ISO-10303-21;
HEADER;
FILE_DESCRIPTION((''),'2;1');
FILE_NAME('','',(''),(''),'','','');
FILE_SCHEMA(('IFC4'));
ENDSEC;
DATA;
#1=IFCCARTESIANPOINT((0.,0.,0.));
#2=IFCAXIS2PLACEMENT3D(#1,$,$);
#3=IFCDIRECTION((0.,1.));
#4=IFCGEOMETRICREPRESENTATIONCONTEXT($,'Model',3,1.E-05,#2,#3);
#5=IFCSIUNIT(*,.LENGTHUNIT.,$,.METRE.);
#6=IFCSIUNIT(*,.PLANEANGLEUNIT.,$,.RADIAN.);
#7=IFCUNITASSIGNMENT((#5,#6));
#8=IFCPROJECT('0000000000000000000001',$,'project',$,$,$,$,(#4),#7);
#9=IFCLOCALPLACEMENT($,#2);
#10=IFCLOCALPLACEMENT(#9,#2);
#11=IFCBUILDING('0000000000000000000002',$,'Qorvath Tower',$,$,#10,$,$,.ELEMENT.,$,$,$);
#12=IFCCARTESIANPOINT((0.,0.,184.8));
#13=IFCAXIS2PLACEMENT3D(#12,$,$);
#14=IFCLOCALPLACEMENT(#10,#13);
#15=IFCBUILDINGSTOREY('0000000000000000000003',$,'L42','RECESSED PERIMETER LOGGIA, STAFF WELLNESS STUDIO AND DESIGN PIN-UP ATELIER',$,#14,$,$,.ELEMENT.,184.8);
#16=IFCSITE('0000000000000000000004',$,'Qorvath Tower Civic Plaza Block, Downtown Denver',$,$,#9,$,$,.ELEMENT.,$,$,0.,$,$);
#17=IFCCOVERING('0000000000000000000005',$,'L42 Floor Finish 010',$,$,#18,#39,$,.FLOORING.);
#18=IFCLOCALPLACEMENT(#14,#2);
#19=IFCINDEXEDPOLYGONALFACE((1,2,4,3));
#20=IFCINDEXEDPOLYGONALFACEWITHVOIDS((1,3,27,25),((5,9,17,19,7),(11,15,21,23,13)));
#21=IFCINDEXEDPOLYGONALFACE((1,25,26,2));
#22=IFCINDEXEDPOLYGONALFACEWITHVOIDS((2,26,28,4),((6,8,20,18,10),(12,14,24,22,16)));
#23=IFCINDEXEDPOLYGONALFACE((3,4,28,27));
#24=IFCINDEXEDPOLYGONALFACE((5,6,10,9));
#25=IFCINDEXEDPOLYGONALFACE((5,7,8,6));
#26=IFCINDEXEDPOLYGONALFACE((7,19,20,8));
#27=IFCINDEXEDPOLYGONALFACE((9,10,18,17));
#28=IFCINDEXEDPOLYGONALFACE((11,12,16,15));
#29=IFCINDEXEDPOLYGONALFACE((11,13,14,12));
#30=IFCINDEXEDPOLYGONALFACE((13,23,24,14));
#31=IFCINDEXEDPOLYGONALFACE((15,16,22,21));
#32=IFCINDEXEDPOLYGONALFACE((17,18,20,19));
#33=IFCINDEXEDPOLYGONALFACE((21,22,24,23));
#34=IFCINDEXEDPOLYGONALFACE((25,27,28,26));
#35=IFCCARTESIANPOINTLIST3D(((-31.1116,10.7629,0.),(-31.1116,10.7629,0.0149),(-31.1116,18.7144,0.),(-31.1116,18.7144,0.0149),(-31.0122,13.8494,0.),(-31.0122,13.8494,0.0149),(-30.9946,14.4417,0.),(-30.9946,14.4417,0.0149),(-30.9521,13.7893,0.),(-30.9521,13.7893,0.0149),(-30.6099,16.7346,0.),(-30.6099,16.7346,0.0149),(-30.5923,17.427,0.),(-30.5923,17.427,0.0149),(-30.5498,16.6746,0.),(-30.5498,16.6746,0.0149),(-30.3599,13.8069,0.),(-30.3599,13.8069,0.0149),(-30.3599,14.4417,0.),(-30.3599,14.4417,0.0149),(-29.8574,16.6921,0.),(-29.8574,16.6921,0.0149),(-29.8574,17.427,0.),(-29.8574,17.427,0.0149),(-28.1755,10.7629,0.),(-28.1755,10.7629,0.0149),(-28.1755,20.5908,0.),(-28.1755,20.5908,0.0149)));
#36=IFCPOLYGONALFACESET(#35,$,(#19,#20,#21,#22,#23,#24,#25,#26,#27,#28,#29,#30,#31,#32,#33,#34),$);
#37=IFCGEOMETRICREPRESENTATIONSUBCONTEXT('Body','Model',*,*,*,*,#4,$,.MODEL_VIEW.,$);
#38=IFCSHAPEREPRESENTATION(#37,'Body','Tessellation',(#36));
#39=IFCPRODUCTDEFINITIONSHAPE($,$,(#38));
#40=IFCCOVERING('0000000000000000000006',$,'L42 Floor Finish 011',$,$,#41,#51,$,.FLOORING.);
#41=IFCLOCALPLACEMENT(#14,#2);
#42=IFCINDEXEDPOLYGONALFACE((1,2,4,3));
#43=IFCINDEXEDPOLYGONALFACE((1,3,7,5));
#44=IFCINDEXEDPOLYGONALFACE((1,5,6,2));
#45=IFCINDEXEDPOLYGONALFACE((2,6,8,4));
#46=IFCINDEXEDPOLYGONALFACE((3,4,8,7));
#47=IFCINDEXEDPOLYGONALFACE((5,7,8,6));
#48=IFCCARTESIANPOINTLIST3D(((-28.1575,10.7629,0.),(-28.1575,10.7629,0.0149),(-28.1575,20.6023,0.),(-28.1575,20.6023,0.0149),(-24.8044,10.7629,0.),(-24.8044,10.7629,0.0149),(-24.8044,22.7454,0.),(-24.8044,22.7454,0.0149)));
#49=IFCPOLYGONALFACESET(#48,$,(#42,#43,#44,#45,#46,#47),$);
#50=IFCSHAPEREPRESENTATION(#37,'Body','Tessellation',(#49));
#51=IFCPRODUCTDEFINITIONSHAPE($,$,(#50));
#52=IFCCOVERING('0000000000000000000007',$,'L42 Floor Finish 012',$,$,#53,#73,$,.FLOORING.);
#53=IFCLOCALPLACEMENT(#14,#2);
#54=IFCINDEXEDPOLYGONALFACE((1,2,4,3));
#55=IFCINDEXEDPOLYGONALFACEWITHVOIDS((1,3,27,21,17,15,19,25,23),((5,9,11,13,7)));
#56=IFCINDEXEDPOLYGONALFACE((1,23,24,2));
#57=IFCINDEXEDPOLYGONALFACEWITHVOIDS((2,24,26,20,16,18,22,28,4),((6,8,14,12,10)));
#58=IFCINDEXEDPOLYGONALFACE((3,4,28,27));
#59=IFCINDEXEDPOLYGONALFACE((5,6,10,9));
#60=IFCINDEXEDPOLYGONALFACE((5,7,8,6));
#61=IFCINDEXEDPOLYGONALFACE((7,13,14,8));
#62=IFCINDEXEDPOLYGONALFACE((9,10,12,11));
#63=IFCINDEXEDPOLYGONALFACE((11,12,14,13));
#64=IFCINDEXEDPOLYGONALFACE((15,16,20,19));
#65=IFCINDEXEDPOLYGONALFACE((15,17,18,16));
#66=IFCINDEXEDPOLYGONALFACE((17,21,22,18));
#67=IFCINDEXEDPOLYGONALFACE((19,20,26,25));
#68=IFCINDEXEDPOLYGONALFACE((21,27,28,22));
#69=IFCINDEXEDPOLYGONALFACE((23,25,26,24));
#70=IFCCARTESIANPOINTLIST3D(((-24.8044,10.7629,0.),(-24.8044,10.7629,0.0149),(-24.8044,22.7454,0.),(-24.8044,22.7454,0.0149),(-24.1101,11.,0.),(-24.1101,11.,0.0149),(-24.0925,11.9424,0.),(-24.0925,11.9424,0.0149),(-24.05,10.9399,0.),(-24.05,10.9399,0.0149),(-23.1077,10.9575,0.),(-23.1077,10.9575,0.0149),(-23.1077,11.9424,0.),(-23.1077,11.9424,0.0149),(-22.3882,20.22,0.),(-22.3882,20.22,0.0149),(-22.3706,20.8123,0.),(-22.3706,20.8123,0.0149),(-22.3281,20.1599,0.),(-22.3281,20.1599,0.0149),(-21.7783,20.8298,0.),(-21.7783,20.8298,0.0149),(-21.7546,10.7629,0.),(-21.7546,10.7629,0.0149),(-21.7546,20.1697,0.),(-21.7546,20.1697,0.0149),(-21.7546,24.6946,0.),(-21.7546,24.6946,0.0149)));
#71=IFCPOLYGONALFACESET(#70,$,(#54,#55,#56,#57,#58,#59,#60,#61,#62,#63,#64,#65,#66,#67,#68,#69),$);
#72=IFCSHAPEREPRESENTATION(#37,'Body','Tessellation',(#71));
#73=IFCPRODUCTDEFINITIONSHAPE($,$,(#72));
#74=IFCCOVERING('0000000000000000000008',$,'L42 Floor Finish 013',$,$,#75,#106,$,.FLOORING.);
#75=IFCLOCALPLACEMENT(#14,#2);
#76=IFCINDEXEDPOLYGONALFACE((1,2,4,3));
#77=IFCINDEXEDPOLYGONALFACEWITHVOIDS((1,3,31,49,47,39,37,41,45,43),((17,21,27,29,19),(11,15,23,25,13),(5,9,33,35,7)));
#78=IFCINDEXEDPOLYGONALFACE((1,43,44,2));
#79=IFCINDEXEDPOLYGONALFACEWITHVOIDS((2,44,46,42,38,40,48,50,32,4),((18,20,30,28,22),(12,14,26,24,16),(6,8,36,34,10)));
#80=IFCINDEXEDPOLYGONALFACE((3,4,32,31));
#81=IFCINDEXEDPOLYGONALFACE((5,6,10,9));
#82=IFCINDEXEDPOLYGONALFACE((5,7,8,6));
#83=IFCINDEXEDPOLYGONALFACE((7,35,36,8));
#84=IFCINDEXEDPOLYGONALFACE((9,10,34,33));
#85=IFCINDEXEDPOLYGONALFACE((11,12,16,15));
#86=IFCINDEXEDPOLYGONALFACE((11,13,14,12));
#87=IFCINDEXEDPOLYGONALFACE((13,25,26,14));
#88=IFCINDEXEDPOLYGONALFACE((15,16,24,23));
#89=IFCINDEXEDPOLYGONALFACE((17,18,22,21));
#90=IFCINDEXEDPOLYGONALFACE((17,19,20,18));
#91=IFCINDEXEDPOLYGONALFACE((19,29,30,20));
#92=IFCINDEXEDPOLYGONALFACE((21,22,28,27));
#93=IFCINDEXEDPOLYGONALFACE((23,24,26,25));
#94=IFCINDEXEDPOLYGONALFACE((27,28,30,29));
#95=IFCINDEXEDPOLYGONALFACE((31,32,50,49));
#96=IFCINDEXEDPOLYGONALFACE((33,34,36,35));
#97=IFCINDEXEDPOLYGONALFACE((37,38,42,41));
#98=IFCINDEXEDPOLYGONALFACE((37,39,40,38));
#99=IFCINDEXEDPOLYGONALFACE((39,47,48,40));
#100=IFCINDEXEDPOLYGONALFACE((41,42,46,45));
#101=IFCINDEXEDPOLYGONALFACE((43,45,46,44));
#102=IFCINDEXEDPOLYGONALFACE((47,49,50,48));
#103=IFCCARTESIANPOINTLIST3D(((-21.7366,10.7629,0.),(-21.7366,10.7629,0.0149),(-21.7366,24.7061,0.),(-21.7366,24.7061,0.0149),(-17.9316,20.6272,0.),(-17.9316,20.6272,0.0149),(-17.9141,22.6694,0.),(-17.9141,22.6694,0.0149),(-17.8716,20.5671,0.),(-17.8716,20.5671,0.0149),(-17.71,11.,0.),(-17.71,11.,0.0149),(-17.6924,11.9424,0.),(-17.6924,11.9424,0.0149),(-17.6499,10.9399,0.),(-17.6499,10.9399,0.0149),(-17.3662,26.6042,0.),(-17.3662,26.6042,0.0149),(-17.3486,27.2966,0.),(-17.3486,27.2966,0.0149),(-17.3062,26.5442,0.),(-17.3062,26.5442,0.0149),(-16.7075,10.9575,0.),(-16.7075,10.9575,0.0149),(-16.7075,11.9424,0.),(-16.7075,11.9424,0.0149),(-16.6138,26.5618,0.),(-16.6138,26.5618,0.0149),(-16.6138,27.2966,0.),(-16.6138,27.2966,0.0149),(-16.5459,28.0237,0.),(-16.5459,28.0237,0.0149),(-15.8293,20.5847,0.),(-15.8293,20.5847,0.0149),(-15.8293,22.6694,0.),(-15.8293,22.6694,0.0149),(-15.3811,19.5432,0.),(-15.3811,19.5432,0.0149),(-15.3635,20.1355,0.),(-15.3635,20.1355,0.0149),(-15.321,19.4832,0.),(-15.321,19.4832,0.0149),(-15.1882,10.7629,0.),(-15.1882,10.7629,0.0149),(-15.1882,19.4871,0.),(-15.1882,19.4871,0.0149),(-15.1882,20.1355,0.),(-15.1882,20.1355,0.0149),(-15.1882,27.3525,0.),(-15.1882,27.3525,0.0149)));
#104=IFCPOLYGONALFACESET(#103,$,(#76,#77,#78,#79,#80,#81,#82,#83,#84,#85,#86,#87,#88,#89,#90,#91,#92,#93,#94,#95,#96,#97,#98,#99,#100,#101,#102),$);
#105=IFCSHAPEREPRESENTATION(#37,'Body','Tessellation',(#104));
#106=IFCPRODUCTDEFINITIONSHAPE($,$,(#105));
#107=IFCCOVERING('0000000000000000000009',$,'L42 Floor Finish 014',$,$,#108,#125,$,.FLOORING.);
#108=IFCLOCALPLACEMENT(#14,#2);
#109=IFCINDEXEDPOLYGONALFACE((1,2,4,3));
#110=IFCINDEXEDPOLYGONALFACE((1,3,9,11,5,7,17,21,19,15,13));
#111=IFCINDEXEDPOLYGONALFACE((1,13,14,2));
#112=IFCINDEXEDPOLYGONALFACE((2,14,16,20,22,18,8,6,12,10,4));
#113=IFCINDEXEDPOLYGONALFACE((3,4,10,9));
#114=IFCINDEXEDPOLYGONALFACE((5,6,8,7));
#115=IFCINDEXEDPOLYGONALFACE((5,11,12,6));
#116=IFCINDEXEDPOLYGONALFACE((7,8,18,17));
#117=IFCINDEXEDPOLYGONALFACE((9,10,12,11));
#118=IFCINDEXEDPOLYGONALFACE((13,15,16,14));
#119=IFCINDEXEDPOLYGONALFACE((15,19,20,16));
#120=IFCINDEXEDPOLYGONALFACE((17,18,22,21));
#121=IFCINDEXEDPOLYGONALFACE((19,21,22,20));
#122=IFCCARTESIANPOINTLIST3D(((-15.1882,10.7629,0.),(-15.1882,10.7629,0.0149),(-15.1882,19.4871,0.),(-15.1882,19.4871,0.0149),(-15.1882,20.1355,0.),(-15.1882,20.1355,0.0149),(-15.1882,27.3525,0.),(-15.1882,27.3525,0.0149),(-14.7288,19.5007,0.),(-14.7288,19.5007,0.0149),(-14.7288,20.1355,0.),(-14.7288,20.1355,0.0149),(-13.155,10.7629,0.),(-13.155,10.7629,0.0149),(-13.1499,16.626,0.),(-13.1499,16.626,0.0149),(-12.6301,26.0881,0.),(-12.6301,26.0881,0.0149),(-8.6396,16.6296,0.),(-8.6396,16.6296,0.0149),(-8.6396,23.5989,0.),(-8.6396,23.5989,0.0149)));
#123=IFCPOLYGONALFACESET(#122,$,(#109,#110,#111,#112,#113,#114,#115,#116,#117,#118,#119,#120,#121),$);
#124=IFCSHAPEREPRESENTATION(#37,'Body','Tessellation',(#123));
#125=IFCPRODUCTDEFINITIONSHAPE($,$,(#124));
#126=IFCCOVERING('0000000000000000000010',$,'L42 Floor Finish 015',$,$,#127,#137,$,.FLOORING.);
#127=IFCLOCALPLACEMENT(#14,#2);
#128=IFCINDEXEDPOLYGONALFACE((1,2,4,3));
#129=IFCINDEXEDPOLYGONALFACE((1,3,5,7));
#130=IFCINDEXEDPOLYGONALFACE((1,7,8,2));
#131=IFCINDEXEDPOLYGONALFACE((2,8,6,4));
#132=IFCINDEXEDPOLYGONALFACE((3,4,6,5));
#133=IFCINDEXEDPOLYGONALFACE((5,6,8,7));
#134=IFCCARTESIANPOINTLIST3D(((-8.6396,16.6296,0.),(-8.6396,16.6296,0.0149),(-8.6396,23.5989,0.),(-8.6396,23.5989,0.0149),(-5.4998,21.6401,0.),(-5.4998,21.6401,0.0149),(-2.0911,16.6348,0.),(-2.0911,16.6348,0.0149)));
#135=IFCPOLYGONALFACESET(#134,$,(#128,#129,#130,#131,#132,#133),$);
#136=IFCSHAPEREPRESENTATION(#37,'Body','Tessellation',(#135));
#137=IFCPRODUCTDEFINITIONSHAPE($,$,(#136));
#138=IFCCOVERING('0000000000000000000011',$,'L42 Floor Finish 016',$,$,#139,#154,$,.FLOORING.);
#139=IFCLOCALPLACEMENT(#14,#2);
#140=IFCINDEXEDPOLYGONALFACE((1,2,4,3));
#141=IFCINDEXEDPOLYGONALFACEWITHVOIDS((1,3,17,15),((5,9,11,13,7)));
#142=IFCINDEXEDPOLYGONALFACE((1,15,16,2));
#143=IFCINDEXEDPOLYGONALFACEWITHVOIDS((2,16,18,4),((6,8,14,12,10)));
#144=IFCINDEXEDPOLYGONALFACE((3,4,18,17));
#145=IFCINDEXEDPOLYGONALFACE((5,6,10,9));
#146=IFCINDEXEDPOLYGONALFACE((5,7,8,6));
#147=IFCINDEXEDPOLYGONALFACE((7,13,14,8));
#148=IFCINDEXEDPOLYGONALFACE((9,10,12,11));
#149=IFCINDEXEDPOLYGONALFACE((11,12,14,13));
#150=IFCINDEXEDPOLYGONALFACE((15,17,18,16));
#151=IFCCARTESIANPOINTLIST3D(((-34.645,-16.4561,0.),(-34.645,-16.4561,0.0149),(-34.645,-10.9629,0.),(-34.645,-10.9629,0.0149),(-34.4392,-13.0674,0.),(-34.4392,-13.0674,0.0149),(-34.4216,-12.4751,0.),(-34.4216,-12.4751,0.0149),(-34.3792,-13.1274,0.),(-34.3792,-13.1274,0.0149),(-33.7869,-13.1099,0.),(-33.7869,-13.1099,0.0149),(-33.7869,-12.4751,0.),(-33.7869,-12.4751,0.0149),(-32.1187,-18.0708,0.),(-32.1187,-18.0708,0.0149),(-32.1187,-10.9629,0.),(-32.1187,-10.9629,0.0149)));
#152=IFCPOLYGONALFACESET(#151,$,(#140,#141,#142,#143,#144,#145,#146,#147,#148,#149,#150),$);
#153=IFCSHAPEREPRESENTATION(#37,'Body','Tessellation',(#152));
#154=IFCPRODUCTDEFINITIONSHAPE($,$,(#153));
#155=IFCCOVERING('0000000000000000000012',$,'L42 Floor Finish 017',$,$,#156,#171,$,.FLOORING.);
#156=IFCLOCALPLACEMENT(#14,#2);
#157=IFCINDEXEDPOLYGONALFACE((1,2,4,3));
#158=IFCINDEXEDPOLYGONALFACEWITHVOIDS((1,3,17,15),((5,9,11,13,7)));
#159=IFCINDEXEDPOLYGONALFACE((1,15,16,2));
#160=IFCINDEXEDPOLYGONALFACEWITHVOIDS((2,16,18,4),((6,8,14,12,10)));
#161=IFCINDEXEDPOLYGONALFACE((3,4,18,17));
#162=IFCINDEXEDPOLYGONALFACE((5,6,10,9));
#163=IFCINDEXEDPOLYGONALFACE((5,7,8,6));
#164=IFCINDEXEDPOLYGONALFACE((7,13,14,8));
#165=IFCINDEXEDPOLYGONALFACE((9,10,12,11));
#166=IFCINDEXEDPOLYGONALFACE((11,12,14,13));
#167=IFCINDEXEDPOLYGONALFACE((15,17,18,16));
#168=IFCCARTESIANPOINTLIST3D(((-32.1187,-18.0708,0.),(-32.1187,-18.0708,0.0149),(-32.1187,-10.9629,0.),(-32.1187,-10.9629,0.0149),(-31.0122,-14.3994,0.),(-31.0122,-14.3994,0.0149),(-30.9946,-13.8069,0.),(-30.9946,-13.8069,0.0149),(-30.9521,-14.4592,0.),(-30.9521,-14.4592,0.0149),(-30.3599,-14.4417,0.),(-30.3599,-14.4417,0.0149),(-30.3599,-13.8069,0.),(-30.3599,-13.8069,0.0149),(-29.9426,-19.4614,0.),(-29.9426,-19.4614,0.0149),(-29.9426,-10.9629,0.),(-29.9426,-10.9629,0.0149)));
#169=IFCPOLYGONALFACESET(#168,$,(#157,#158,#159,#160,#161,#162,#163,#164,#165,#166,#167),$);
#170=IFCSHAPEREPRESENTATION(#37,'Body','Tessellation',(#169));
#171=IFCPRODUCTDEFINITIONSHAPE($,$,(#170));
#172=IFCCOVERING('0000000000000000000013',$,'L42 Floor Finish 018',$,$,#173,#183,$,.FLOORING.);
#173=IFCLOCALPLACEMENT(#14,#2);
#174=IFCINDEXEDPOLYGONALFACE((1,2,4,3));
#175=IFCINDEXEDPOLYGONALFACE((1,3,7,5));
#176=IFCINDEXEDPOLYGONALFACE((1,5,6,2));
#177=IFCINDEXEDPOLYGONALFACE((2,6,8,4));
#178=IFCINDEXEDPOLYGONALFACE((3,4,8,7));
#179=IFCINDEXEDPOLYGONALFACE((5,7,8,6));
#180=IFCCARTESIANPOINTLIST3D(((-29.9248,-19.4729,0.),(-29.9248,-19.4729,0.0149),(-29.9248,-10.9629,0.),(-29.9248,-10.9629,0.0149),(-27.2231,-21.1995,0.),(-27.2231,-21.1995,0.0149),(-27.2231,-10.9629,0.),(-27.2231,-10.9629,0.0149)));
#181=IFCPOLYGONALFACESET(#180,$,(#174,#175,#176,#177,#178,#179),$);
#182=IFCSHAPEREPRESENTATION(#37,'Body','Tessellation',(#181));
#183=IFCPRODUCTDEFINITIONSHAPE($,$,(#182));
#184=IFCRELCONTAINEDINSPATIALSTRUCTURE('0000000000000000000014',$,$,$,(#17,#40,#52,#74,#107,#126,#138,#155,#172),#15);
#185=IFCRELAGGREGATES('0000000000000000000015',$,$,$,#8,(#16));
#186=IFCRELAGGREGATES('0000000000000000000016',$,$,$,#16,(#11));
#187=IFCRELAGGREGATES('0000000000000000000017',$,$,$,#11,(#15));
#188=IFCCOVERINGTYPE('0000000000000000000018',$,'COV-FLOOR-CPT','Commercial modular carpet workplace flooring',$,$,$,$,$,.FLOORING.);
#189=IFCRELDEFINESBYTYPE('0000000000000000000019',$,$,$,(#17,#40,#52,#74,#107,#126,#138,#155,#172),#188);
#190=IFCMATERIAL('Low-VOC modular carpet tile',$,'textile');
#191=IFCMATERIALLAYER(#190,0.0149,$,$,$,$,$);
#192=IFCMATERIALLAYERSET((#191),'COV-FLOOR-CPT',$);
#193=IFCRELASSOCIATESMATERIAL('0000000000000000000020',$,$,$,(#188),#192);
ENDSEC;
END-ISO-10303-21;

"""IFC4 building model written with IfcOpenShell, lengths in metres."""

from ifc_helpers import new_model, si_unit, direction, frame, origin, place, context, subcontext, project, spatial, polyline, outline, extrude, material, layer, layer_set, type_object, element, save


model = new_model("IFC4")

# Units and contexts
model_context = context("Model", 3, precision=1e-05, world=origin(), true_north=direction((0.0, 1.0)))
body_context = subcontext(model_context, "Body", "Model", "MODEL_VIEW")
ifc_project = project(units=[si_unit("LENGTHUNIT", "METRE"), si_unit("PLANEANGLEUNIT", "RADIAN")], contexts=[model_context])

# Site, building, storey
site_placement = place(None, origin())
site = spatial("IfcSite", under=ifc_project, at=site_placement, Name="Qorvath Tower Civic Plaza Block, Downtown Denver", CompositionType="ELEMENT", RefElevation=0.0)
building_placement = place(site_placement, origin())
building = spatial("IfcBuilding", under=site, at=building_placement, Name="Qorvath Tower", CompositionType="ELEMENT")
storey_placement = place(building_placement, frame((0.0, 0.0, 184.8)))
storey = spatial("IfcBuildingStorey", under=building, at=storey_placement, Name="L42", Description="RECESSED PERIMETER LOGGIA, STAFF WELLNESS STUDIO AND DESIGN PIN-UP ATELIER", CompositionType="ELEMENT", Elevation=184.8)

# Coverings
ifc_material_1 = material(Name="Low-VOC modular carpet tile", Category="textile")
ifc_layer_1 = layer(ifc_material_1, 0.0149)
ifc_layer_set_1 = layer_set([ifc_layer_1], Name="COV-FLOOR-CPT")
covering_type_1 = type_object("IfcCoveringType", Name="COV-FLOOR-CPT", Description="Commercial modular carpet workplace flooring", PredefinedType="FLOORING", material=ifc_layer_set_1)
covering_1_placement = place(storey_placement, origin())
element("IfcCovering", 1, at=covering_1_placement, inside=storey, type_object=covering_type_1, Name="L42 Floor Finish 010", PredefinedType="FLOORING", context=body_context, shape_type="SweptSolid", body=[
    extrude(outline(polyline([(-28.1755, 10.7629), (-28.1755, 20.5908), (-31.1116, 18.7144), (-31.1116, 10.7629), (-28.1755, 10.7629)]), holes=[polyline([(-30.6099, 16.7346), (-30.5923, 17.427), (-29.8574, 17.427), (-29.8574, 16.6921), (-30.5498, 16.6746), (-30.6099, 16.7346)]), polyline([(-31.0122, 13.8494), (-30.9946, 14.4417), (-30.3599, 14.4417), (-30.3599, 13.8069), (-30.9521, 13.7893), (-31.0122, 13.8494)])]), origin(), (0.0, 0.0, 1.0), 0.0149),
])
covering_2_placement = place(storey_placement, origin())
element("IfcCovering", 2, at=covering_2_placement, inside=storey, type_object=covering_type_1, Name="L42 Floor Finish 011", PredefinedType="FLOORING", context=body_context, shape_type="SweptSolid", body=[
    extrude(outline(polyline([(-24.8044, 10.7629), (-24.8044, 22.7454), (-28.1575, 20.6023), (-28.1575, 10.7629), (-24.8044, 10.7629)])), origin(), (0.0, 0.0, 1.0), 0.0149),
])
covering_3_placement = place(storey_placement, origin())
element("IfcCovering", 3, at=covering_3_placement, inside=storey, type_object=covering_type_1, Name="L42 Floor Finish 012", PredefinedType="FLOORING", context=body_context, shape_type="SweptSolid", body=[
    extrude(outline(polyline([(-21.7783, 20.8298), (-21.7546, 24.6946), (-24.8044, 22.7454), (-24.8044, 10.7629), (-21.7546, 10.7629), (-21.7546, 20.1697), (-22.3281, 20.1599), (-22.3882, 20.22), (-22.3706, 20.8123), (-21.7783, 20.8298)]), holes=[polyline([(-24.1101, 11.0), (-24.0925, 11.9424), (-23.1077, 11.9424), (-23.1077, 10.9575), (-24.05, 10.9399), (-24.1101, 11.0)])]), origin(), (0.0, 0.0, 1.0), 0.0149),
])
covering_4_placement = place(storey_placement, origin())
element("IfcCovering", 4, at=covering_4_placement, inside=storey, type_object=covering_type_1, Name="L42 Floor Finish 013", PredefinedType="FLOORING", context=body_context, shape_type="SweptSolid", body=[
    extrude(outline(polyline([(-21.7366, 10.7629), (-15.1882, 10.7629), (-15.1882, 19.4871), (-15.321, 19.4832), (-15.3811, 19.5432), (-15.3635, 20.1355), (-15.1882, 20.1355), (-15.1882, 27.3525), (-16.5459, 28.0237), (-21.7366, 24.7061), (-21.7366, 10.7629)]), holes=[polyline([(-17.9316, 20.6272), (-17.9141, 22.6694), (-15.8293, 22.6694), (-15.8293, 20.5847), (-17.8716, 20.5671), (-17.9316, 20.6272)]), polyline([(-17.3662, 26.6042), (-17.3486, 27.2966), (-16.6138, 27.2966), (-16.6138, 26.5618), (-17.3062, 26.5442), (-17.3662, 26.6042)]), polyline([(-17.71, 11.0), (-17.6924, 11.9424), (-16.7075, 11.9424), (-16.7075, 10.9575), (-17.6499, 10.9399), (-17.71, 11.0)])]), origin(), (0.0, 0.0, 1.0), 0.0149),
])
covering_5_placement = place(storey_placement, origin())
element("IfcCovering", 5, at=covering_5_placement, inside=storey, type_object=covering_type_1, Name="L42 Floor Finish 014", PredefinedType="FLOORING", context=body_context, shape_type="SweptSolid", body=[
    extrude(outline(polyline([(-15.1882, 27.3525), (-15.1882, 20.1355), (-14.7288, 20.1355), (-14.7288, 19.5007), (-15.1882, 19.4871), (-15.1882, 10.7629), (-13.155, 10.7629), (-13.1499, 16.626), (-8.6396, 16.6296), (-8.6396, 23.5989), (-12.6301, 26.0881), (-15.1882, 27.3525)])), origin(), (0.0, 0.0, 1.0), 0.0149),
])
covering_6_placement = place(storey_placement, origin())
element("IfcCovering", 6, at=covering_6_placement, inside=storey, type_object=covering_type_1, Name="L42 Floor Finish 015", PredefinedType="FLOORING", context=body_context, shape_type="SweptSolid", body=[
    extrude(outline(polyline([(-8.6396, 23.5989), (-8.6396, 16.6296), (-2.0911, 16.6348), (-5.4998, 21.6401), (-8.6396, 23.5989)])), origin(), (0.0, 0.0, 1.0), 0.0149),
])
covering_7_placement = place(storey_placement, origin())
element("IfcCovering", 7, at=covering_7_placement, inside=storey, type_object=covering_type_1, Name="L42 Floor Finish 016", PredefinedType="FLOORING", context=body_context, shape_type="SweptSolid", body=[
    extrude(outline(polyline([(-34.645, -10.9629), (-34.645, -16.4561), (-32.1187, -18.0708), (-32.1187, -10.9629), (-34.645, -10.9629)]), holes=[polyline([(-34.4392, -13.0674), (-34.4216, -12.4751), (-33.7869, -12.4751), (-33.7869, -13.1099), (-34.3792, -13.1274), (-34.4392, -13.0674)])]), origin(), (0.0, 0.0, 1.0), 0.0149),
])
covering_8_placement = place(storey_placement, origin())
element("IfcCovering", 8, at=covering_8_placement, inside=storey, type_object=covering_type_1, Name="L42 Floor Finish 017", PredefinedType="FLOORING", context=body_context, shape_type="SweptSolid", body=[
    extrude(outline(polyline([(-32.1187, -10.9629), (-32.1187, -18.0708), (-29.9426, -19.4614), (-29.9426, -10.9629), (-32.1187, -10.9629)]), holes=[polyline([(-31.0122, -14.3994), (-30.9946, -13.8069), (-30.3599, -13.8069), (-30.3599, -14.4417), (-30.9521, -14.4592), (-31.0122, -14.3994)])]), origin(), (0.0, 0.0, 1.0), 0.0149),
])
covering_9_placement = place(storey_placement, origin())
element("IfcCovering", 9, at=covering_9_placement, inside=storey, type_object=covering_type_1, Name="L42 Floor Finish 018", PredefinedType="FLOORING", context=body_context, shape_type="SweptSolid", body=[
    extrude(outline(polyline([(-27.2231, -21.1995), (-27.2231, -10.9629), (-29.9248, -10.9629), (-29.9248, -19.4729), (-27.2231, -21.1995)])), origin(), (0.0, 0.0, 1.0), 0.0149),
])

save(model, "model.ifc")
